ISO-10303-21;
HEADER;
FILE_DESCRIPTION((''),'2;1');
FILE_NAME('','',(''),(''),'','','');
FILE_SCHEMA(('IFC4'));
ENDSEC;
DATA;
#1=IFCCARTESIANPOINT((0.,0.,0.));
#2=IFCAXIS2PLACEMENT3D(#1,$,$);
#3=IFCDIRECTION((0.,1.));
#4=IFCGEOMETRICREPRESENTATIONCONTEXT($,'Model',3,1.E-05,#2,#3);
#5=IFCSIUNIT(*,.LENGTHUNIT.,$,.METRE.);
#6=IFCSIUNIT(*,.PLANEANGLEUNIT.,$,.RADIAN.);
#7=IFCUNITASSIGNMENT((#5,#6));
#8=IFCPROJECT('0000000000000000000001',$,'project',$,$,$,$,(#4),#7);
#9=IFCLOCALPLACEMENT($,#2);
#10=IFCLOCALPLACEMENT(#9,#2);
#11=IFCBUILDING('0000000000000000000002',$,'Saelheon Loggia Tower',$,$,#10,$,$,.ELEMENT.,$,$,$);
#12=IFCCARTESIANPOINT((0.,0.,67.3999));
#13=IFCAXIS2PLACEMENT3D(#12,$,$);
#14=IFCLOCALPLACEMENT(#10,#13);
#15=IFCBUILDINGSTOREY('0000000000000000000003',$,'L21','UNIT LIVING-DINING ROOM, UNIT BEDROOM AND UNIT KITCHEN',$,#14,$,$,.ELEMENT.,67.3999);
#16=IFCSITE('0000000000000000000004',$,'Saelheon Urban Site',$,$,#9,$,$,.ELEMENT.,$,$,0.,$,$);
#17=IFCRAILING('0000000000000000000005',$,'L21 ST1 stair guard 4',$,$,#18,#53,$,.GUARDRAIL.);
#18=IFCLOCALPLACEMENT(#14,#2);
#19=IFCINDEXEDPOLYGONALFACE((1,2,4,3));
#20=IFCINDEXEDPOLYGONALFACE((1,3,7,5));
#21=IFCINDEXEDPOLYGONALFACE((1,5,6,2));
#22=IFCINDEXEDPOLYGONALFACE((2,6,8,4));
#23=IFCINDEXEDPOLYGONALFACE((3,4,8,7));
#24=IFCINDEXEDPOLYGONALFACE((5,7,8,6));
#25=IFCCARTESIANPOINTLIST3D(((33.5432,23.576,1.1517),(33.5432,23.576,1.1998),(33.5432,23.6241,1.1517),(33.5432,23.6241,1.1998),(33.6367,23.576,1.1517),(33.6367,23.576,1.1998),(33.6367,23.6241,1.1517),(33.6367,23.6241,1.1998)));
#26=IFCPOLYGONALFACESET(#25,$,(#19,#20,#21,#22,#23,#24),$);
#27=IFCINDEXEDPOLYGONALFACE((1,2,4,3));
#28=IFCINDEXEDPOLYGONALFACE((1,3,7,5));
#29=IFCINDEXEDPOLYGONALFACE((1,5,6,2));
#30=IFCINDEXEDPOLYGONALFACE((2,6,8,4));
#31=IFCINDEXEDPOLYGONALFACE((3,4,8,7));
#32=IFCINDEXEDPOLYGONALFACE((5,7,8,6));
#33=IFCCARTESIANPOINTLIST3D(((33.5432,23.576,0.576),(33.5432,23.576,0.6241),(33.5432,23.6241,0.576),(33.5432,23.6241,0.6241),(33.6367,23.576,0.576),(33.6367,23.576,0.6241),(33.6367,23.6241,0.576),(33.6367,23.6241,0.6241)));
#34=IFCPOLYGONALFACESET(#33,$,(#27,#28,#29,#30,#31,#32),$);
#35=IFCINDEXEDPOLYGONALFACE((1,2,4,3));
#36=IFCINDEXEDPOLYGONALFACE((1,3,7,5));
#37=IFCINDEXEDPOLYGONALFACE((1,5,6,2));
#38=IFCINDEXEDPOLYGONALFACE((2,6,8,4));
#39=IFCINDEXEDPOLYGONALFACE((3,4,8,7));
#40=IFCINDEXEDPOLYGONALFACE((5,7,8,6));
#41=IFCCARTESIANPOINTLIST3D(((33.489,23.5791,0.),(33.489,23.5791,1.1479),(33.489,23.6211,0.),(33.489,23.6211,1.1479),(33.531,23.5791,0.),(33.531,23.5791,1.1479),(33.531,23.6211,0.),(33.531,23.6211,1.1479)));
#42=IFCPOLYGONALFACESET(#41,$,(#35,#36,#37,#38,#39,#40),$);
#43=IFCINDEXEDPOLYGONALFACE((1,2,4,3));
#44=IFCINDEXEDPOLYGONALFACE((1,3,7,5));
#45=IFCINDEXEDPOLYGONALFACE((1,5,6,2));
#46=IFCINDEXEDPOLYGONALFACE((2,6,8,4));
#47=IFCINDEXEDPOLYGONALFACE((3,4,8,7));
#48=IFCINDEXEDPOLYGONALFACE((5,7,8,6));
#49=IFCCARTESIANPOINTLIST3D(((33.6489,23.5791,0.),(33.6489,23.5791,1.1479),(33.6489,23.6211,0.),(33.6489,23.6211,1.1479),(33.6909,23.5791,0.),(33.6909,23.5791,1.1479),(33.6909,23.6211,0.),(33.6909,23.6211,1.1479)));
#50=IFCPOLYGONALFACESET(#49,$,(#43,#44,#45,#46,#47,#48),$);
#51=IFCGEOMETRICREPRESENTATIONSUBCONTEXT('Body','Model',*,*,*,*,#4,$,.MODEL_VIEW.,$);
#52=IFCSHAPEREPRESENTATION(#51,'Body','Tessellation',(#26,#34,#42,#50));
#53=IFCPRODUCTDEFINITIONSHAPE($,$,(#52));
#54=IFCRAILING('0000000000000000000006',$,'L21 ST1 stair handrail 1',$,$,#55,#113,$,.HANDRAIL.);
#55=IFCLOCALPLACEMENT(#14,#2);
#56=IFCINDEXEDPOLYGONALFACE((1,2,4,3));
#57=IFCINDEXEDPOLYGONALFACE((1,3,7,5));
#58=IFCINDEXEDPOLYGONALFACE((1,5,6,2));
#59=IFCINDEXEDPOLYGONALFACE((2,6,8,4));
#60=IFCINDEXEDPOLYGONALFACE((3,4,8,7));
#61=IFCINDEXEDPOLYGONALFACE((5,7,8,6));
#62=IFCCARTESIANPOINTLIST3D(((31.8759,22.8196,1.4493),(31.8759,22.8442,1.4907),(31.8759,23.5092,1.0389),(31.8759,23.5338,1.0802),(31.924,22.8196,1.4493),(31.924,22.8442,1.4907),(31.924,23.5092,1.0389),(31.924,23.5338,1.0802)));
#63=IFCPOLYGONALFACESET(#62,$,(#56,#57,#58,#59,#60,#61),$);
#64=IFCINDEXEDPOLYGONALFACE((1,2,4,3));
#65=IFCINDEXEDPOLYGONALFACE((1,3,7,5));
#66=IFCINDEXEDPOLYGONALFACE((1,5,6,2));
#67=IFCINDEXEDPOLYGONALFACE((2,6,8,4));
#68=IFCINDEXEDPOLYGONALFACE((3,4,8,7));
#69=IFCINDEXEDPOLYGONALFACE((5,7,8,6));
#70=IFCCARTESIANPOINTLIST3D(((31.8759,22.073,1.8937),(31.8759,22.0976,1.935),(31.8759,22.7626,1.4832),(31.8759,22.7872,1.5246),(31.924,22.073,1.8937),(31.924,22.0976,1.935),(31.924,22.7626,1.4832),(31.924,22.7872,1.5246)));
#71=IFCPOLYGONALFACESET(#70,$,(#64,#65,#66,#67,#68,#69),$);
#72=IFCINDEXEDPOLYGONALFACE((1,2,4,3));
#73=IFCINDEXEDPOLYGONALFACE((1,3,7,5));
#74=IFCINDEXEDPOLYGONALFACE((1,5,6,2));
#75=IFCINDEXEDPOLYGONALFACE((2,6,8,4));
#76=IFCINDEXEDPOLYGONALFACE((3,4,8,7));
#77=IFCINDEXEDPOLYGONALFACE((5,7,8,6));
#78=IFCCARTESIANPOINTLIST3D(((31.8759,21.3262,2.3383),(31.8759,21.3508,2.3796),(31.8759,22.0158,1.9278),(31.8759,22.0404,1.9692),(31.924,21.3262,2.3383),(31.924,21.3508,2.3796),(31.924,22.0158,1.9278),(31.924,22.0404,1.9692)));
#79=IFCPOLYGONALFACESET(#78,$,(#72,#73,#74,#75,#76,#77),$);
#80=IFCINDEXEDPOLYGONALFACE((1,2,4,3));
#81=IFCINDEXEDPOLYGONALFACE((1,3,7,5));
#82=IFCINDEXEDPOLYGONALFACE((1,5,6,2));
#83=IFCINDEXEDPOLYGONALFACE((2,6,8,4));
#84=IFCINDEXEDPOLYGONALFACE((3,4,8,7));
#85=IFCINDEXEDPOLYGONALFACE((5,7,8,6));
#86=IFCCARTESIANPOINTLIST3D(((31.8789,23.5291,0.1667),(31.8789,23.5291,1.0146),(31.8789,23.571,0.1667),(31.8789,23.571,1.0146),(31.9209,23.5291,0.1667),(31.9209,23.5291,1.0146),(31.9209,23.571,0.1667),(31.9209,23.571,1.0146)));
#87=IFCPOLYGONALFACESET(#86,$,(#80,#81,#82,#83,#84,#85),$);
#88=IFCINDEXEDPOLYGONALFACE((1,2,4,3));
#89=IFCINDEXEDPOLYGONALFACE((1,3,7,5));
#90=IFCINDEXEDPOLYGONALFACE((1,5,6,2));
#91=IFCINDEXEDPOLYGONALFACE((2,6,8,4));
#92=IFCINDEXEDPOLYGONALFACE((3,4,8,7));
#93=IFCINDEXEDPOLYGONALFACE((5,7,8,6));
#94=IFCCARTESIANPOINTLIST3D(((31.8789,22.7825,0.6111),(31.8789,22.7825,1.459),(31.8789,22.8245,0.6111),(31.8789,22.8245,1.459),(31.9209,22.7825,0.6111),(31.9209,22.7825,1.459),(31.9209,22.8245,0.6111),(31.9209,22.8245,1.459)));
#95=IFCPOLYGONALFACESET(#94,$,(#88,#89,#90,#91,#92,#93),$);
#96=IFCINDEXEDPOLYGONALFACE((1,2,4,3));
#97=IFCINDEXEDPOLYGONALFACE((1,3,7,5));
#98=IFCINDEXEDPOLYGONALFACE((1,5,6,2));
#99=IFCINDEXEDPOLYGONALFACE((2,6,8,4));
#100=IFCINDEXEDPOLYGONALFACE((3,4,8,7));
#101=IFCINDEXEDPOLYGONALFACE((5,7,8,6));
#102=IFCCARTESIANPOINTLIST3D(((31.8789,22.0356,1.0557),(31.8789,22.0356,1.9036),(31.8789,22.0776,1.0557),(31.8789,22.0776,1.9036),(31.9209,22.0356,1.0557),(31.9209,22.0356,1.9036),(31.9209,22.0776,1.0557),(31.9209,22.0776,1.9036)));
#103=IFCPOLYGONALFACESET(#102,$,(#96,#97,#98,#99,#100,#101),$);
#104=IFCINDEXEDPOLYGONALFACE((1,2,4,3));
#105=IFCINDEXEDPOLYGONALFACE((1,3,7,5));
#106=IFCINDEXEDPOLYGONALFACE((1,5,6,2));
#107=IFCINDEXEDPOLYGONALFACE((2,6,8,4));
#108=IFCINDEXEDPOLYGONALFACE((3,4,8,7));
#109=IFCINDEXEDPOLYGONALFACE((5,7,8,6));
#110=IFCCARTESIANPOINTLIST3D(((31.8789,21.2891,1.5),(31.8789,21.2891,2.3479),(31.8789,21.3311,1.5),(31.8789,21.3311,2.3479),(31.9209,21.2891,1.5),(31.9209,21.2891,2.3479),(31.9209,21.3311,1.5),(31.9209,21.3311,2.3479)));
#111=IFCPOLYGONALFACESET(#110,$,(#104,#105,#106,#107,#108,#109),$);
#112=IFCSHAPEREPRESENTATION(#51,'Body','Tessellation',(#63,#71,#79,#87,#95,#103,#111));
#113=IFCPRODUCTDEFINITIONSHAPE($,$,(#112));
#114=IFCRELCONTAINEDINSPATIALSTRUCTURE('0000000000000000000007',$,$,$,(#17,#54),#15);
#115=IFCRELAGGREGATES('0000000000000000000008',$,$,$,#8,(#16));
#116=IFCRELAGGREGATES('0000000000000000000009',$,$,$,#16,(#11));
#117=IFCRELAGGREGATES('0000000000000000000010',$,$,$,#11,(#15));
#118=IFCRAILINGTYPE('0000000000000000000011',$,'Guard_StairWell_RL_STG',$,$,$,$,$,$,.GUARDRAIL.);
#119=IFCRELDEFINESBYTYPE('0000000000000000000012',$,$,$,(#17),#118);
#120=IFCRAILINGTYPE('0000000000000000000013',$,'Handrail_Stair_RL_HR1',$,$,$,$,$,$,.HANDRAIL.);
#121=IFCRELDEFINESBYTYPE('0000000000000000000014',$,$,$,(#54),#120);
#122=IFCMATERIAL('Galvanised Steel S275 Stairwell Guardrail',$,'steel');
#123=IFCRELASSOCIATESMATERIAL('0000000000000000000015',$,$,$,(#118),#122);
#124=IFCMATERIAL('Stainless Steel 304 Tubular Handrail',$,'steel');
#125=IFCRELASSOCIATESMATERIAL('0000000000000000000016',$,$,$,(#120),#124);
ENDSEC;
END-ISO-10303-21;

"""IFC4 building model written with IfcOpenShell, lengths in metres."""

from ifc_helpers import new_model, si_unit, direction, frame, origin, origin_2d, place, context, subcontext, project, spatial, rectangle, extrude, material, type_object, element, save


model = new_model("IFC4")

# Units and contexts
model_context = context("Model", 3, precision=1e-05, world=origin(), true_north=direction((0.0, 1.0)))
body_context = subcontext(model_context, "Body", "Model", "MODEL_VIEW")
ifc_project = project(units=[si_unit("LENGTHUNIT", "METRE"), si_unit("PLANEANGLEUNIT", "RADIAN")], contexts=[model_context])

# Site, building, storey
site_placement = place(None, origin())
site = spatial("IfcSite", under=ifc_project, at=site_placement, Name="Saelheon Urban Site", CompositionType="ELEMENT", RefElevation=0.0)
building_placement = place(site_placement, origin())
building = spatial("IfcBuilding", under=site, at=building_placement, Name="Saelheon Loggia Tower", CompositionType="ELEMENT")
storey_placement = place(building_placement, frame((0.0, 0.0, 67.3999)))
storey = spatial("IfcBuildingStorey", under=building, at=storey_placement, Name="L21", Description="UNIT LIVING-DINING ROOM, UNIT BEDROOM AND UNIT KITCHEN", CompositionType="ELEMENT", Elevation=67.3999)

# Railings
ifc_material_1 = material(Name="Galvanised Steel S275 Stairwell Guardrail", Category="steel")
railing_type_1 = type_object("IfcRailingType", Name="Guard_StairWell_RL_STG", PredefinedType="GUARDRAIL", material=ifc_material_1)
railing_1_placement = place(storey_placement, frame((33.51, 23.6001, 0.0)))
element("IfcRailing", 1, at=railing_1_placement, inside=storey, type_object=railing_type_1, Name="L21 ST1 stair guard 4", PredefinedType="GUARDRAIL", context=body_context, shape_type="SweptSolid", body=[
    extrude(rectangle(XDim=0.0481, YDim=0.0481, at=origin_2d()), frame((0.0332, 0.0, 1.1758), z_axis=(1.0, 0.0, 0.0), x_axis=(0.0, 1.0, 0.0)), (0.0, 0.0, 1.0), 0.0935),
    extrude(rectangle(XDim=0.0481, YDim=0.0481, at=origin_2d()), frame((0.0332, 0.0, 0.6001), z_axis=(1.0, 0.0, 0.0), x_axis=(0.0, 1.0, 0.0)), (0.0, 0.0, 1.0), 0.0935),
    extrude(rectangle(XDim=0.042, YDim=0.042, at=origin_2d()), origin(), (0.0, 0.0, 1.0), 1.1479),
    extrude(rectangle(XDim=0.042, YDim=0.042, at=origin_2d()), frame((0.1599, 0.0, 0.0)), (0.0, 0.0, 1.0), 1.1479),
])
ifc_material_2 = material(Name="Stainless Steel 304 Tubular Handrail", Category="steel")
railing_type_2 = type_object("IfcRailingType", Name="Handrail_Stair_RL_HR1", PredefinedType="HANDRAIL", material=ifc_material_2)
railing_2_placement = place(storey_placement, frame((31.8999, 23.55, 0.1667)))
element("IfcRailing", 2, at=railing_2_placement, inside=storey, type_object=railing_type_2, Name="L21 ST1 stair handrail 1", PredefinedType="HANDRAIL", context=body_context, shape_type="SweptSolid", body=[
    extrude(rectangle(XDim=0.0481, YDim=0.0481, at=origin_2d()), frame((0.0, -0.0286, 0.8928), z_axis=(0.0, -0.859306, 0.511462), x_axis=(1.0, 0.0, 0.0)), (0.0, 0.0, 1.0), 0.8025),
    extrude(rectangle(XDim=0.0481, YDim=0.0481, at=origin_2d()), frame((0.0, -0.7751, 1.3372), z_axis=(0.0, -0.859306, 0.511462), x_axis=(1.0, 0.0, 0.0)), (0.0, 0.0, 1.0), 0.8025),
    extrude(rectangle(XDim=0.0481, YDim=0.0481, at=origin_2d()), frame((0.0, -1.522, 1.7817), z_axis=(0.0, -0.859306, 0.511462), x_axis=(1.0, 0.0, 0.0)), (0.0, 0.0, 1.0), 0.8025),
    extrude(rectangle(XDim=0.042, YDim=0.042, at=origin_2d()), origin(), (0.0, 0.0, 1.0), 0.8479),
    extrude(rectangle(XDim=0.042, YDim=0.042, at=origin_2d()), frame((0.0, -0.7466, 0.4443)), (0.0, 0.0, 1.0), 0.8479),
    extrude(rectangle(XDim=0.042, YDim=0.042, at=origin_2d()), frame((0.0, -1.4934, 0.8889)), (0.0, 0.0, 1.0), 0.8479),
    extrude(rectangle(XDim=0.042, YDim=0.042, at=origin_2d()), frame((0.0, -2.24, 1.3333)), (0.0, 0.0, 1.0), 0.8479),
])

save(model, "model.ifc")
